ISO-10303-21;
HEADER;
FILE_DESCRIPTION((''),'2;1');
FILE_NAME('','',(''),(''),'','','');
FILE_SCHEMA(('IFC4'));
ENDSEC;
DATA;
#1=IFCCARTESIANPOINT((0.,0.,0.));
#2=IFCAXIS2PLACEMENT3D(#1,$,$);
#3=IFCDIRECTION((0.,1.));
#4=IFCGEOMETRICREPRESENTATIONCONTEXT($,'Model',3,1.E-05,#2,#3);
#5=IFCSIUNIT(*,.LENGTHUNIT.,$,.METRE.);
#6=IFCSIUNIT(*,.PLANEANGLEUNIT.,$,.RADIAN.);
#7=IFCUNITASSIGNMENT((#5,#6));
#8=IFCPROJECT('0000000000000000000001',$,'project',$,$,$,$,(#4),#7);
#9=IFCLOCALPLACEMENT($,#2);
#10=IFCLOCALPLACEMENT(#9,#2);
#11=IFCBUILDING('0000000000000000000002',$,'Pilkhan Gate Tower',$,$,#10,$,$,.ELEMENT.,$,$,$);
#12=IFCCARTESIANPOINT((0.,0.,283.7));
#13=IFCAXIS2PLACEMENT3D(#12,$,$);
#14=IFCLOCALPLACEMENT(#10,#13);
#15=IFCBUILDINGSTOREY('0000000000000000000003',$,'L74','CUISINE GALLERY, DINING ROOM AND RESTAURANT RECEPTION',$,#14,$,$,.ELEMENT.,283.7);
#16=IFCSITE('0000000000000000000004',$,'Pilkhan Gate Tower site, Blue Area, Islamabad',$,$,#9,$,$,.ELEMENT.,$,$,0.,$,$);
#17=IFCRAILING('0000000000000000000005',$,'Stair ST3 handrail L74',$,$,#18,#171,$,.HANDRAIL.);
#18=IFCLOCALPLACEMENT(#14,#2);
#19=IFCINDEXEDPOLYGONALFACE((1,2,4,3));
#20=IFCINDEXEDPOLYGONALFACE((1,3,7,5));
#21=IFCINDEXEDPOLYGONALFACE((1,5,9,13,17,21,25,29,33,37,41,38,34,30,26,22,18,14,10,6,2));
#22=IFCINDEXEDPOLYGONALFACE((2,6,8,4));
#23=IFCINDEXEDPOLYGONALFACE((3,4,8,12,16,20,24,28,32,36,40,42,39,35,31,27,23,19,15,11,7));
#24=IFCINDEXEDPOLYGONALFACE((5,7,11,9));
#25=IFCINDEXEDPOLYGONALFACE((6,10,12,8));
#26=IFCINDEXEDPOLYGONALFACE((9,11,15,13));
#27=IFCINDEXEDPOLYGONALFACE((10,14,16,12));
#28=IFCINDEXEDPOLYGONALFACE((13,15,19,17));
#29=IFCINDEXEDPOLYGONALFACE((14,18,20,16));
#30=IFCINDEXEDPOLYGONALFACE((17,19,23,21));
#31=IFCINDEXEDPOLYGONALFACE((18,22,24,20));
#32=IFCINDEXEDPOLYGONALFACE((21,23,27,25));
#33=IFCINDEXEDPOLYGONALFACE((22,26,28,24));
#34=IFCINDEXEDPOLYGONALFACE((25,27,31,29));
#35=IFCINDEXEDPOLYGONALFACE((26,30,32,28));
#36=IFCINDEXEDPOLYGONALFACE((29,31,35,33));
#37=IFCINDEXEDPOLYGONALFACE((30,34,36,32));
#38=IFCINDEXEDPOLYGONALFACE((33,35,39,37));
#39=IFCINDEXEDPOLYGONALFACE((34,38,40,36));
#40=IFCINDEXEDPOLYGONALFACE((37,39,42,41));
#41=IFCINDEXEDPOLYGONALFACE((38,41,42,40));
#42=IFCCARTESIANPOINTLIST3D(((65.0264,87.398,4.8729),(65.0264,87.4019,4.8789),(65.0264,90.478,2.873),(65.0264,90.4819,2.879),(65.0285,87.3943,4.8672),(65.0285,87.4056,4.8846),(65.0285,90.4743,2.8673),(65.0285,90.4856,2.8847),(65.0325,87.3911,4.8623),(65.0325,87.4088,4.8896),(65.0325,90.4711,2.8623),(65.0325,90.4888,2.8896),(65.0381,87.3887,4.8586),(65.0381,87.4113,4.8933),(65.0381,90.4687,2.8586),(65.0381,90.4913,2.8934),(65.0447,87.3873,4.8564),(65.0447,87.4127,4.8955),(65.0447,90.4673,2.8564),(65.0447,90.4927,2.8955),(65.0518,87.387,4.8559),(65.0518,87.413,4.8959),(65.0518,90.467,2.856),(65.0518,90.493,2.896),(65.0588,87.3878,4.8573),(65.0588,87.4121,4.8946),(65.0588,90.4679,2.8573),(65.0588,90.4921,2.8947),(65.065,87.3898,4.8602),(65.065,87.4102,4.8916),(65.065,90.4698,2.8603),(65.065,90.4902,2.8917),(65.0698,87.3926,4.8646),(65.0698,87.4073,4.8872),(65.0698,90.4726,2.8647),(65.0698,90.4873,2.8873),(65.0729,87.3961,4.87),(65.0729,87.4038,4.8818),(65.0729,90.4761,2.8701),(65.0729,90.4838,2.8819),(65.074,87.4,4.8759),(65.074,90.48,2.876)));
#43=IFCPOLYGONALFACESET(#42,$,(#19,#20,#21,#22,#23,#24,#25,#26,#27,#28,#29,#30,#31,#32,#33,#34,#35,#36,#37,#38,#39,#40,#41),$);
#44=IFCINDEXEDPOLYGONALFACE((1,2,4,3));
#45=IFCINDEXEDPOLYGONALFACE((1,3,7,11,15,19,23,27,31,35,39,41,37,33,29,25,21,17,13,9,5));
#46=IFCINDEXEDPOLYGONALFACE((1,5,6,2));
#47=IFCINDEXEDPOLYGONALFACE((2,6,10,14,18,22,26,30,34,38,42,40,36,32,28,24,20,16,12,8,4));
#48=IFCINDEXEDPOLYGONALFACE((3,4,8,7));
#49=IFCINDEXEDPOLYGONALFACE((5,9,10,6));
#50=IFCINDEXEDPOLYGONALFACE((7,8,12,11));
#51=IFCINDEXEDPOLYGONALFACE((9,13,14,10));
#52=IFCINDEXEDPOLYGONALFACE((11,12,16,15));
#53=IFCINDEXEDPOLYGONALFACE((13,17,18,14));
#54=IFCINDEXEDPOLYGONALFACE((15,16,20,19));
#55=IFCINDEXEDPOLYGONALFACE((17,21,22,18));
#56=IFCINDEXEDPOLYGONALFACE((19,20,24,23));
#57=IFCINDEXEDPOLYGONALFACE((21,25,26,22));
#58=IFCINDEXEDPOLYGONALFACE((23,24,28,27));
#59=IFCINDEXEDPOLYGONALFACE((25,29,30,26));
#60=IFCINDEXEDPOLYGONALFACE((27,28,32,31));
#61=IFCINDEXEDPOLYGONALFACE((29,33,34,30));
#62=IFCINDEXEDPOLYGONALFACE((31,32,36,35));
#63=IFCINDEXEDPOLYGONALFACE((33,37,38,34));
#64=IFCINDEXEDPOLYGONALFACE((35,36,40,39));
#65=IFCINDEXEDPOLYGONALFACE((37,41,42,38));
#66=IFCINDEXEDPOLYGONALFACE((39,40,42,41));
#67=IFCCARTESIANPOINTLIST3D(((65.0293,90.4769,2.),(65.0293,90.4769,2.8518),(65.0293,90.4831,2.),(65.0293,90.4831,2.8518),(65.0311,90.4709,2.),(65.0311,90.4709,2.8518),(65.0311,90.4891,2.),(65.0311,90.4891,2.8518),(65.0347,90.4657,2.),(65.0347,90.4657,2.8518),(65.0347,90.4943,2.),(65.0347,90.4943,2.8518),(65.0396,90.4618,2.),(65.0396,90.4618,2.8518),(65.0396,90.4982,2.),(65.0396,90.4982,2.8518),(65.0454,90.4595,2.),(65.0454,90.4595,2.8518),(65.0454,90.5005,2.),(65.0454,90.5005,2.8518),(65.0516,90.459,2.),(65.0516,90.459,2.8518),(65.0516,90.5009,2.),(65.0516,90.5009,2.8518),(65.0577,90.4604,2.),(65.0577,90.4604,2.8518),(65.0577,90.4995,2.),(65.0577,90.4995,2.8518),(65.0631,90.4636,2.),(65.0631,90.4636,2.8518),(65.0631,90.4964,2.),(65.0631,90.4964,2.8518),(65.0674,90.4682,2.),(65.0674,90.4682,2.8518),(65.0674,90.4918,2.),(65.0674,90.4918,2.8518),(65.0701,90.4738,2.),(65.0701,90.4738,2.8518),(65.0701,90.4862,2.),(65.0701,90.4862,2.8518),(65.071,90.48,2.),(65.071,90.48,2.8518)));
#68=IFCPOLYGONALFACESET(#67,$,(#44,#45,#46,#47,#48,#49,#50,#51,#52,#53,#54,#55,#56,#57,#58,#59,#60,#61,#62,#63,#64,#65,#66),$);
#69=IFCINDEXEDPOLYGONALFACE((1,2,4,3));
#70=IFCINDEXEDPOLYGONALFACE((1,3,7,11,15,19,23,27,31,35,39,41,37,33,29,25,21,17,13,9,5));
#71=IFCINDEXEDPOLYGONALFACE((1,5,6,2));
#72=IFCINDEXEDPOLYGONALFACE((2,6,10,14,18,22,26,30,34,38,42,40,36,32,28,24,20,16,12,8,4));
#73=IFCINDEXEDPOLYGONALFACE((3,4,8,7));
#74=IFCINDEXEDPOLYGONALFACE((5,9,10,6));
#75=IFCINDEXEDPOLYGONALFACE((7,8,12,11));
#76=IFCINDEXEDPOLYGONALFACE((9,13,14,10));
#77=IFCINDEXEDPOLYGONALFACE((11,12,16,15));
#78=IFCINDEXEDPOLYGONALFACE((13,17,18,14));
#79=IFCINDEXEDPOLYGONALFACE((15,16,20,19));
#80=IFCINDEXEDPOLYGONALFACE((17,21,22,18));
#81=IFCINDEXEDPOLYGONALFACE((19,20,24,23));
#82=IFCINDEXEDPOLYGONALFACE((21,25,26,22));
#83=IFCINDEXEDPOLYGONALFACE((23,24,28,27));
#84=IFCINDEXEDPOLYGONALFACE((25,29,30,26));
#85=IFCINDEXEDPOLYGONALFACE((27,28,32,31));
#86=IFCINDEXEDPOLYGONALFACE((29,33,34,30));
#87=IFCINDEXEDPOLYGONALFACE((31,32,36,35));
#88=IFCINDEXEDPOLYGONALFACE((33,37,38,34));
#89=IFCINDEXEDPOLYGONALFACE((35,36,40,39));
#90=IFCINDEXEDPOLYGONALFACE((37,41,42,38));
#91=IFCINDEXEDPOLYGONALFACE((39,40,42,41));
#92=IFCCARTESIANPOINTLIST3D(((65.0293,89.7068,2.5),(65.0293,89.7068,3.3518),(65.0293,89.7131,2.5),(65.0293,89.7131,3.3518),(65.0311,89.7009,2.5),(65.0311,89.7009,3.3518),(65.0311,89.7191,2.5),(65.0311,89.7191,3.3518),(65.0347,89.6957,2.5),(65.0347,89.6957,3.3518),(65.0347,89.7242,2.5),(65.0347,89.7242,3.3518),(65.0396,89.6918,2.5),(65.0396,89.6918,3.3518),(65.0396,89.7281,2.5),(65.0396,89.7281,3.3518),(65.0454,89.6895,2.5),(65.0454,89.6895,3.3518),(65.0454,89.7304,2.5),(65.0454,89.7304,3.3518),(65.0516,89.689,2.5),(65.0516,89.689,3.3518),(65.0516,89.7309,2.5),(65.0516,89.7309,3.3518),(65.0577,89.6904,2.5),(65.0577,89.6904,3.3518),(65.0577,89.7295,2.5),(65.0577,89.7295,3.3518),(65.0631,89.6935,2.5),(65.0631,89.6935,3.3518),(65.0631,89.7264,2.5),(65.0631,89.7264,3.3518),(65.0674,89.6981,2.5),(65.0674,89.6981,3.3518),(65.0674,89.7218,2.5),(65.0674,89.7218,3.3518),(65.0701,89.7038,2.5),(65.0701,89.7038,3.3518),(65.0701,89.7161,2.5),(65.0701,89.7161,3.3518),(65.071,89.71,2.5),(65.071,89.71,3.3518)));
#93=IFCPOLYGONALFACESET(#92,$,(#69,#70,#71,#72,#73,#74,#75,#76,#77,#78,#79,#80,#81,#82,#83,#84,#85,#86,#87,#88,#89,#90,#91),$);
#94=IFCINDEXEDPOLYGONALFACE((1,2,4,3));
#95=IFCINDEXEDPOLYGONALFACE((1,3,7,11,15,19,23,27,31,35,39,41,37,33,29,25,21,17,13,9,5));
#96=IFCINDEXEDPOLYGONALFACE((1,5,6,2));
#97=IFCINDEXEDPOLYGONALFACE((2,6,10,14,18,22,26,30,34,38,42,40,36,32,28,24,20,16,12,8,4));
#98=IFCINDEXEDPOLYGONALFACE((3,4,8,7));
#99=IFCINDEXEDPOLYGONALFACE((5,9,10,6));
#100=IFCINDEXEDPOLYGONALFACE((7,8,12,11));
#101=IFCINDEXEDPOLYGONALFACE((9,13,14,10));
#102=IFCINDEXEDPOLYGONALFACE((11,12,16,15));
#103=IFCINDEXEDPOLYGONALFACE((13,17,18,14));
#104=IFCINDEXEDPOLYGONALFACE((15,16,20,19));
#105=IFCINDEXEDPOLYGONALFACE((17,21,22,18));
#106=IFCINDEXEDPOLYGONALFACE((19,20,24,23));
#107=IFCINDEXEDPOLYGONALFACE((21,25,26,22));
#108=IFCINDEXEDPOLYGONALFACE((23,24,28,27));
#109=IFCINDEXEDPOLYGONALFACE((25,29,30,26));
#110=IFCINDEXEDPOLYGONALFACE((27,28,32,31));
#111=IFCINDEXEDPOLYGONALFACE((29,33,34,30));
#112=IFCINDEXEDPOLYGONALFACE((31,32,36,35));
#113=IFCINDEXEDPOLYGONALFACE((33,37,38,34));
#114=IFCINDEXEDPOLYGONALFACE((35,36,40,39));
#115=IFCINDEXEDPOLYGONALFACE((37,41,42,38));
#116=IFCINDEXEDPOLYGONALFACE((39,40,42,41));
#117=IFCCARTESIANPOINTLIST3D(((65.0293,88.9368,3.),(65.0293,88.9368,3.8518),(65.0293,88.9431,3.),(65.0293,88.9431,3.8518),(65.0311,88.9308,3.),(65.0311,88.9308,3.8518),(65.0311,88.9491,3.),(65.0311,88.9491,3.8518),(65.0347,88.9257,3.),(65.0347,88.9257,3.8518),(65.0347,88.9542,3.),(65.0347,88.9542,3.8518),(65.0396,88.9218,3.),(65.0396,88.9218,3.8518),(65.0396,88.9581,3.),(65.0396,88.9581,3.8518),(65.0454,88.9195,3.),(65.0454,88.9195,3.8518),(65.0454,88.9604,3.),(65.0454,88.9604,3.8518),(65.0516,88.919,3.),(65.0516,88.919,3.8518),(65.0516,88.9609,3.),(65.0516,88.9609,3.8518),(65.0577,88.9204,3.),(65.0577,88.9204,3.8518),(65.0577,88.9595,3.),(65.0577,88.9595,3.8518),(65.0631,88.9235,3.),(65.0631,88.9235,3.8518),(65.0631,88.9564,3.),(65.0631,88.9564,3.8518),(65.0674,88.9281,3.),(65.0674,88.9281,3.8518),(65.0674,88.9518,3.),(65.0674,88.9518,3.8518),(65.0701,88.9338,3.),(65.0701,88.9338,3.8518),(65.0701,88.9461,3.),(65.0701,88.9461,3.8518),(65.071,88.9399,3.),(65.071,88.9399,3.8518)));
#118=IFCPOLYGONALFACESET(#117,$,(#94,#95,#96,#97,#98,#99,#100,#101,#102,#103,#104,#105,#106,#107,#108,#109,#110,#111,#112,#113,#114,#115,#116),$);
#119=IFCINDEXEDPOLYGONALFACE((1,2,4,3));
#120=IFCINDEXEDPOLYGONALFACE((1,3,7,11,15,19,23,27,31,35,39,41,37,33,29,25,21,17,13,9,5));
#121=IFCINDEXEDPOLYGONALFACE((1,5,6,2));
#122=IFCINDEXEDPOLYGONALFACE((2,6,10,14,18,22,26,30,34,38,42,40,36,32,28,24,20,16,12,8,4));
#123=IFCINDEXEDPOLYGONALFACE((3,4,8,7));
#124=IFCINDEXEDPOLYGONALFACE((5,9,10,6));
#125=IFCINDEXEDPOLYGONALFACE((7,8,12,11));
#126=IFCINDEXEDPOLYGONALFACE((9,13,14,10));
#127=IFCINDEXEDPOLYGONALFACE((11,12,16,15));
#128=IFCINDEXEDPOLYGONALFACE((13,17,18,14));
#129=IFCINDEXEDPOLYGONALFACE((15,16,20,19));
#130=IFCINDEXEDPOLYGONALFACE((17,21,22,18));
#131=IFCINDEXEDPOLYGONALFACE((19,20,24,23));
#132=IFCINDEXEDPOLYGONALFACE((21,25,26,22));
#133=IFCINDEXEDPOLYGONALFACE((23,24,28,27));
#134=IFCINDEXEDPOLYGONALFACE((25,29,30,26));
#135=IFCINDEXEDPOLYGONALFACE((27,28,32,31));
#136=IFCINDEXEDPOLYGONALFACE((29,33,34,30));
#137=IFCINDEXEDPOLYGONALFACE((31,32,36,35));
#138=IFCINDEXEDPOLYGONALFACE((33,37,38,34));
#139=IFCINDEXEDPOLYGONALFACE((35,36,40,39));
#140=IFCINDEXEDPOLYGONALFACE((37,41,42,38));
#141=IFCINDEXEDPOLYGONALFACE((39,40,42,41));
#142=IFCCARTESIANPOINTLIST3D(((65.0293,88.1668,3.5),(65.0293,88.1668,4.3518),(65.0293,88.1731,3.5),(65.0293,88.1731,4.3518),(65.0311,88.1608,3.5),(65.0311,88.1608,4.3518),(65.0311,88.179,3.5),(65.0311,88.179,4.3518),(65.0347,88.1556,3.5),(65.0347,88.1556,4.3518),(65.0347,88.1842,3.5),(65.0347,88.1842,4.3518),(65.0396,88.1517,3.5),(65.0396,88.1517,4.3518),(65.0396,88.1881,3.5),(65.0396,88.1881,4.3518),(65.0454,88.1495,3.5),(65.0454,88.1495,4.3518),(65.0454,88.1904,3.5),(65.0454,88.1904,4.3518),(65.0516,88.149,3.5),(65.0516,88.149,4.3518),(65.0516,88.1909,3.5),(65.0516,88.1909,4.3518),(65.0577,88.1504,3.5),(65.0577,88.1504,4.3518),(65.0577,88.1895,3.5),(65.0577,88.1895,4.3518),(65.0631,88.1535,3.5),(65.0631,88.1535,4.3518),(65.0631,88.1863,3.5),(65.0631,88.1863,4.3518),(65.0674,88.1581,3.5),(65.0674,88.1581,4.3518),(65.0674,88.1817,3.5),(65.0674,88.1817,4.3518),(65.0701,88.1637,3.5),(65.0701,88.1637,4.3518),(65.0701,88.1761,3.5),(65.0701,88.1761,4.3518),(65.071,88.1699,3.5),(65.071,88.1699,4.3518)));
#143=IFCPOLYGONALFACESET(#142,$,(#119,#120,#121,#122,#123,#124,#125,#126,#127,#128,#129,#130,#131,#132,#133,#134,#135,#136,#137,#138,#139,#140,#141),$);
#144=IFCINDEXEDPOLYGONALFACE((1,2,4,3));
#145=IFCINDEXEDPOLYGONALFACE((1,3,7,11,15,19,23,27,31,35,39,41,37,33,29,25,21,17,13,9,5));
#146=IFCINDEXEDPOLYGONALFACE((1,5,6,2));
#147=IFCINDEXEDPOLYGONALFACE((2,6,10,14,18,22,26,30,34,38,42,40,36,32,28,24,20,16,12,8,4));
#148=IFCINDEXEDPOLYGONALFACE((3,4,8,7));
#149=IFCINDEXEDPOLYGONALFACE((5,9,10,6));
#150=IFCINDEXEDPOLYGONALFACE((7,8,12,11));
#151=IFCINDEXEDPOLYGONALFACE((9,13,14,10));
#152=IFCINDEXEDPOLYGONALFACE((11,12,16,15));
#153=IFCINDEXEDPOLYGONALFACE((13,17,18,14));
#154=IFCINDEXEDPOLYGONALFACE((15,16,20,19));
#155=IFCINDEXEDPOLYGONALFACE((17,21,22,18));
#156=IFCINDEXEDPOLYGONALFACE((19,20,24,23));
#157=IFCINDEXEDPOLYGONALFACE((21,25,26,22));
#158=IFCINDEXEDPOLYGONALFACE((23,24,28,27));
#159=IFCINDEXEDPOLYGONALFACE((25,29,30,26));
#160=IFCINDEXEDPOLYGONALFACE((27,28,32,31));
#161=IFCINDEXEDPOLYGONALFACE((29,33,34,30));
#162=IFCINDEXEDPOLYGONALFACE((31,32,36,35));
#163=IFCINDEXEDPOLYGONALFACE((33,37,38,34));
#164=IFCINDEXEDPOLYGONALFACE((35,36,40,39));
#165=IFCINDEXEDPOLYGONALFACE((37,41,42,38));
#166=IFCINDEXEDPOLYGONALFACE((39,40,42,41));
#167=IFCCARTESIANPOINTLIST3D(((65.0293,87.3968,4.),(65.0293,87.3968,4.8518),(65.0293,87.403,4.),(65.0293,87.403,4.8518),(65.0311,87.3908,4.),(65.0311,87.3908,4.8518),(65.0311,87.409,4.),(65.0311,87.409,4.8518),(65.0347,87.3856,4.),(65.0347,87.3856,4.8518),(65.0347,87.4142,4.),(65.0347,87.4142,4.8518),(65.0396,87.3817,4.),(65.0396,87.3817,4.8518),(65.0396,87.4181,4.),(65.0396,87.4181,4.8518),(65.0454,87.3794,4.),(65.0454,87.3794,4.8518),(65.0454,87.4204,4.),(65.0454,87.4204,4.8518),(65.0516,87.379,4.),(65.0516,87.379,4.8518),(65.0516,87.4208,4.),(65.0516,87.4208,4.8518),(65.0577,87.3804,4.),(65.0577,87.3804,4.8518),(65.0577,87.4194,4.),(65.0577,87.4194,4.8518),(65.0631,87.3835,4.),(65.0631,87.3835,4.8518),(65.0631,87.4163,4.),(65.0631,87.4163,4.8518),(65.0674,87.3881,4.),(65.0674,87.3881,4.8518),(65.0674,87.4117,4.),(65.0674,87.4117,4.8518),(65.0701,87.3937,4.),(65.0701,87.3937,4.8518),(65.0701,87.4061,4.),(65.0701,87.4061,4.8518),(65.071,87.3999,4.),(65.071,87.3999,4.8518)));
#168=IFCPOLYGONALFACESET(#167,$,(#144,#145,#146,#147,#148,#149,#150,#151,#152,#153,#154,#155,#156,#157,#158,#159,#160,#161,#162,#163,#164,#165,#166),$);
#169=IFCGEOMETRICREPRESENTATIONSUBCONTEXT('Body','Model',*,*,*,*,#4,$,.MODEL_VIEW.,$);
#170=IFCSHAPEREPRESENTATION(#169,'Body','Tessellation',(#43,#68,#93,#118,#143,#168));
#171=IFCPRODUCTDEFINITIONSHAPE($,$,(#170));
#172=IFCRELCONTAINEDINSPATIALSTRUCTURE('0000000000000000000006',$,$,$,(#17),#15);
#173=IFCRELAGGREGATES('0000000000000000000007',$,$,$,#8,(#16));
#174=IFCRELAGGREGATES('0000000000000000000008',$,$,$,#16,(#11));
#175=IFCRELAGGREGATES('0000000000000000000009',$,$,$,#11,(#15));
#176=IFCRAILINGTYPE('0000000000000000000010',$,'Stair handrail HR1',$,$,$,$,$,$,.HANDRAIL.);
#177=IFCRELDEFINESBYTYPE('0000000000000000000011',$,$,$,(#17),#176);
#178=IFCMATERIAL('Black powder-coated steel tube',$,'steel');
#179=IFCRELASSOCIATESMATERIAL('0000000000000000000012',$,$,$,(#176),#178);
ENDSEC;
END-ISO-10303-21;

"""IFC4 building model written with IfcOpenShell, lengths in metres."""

from ifc_helpers import new_model, si_unit, direction, frame, origin, origin_2d, place, context, subcontext, project, spatial, circle, extrude, material, type_object, element, save


model = new_model("IFC4")

# Units and contexts
model_context = context("Model", 3, precision=1e-05, world=origin(), true_north=direction((0.0, 1.0)))
body_context = subcontext(model_context, "Body", "Model", "MODEL_VIEW")
ifc_project = project(units=[si_unit("LENGTHUNIT", "METRE"), si_unit("PLANEANGLEUNIT", "RADIAN")], contexts=[model_context])

# Site, building, storey
site_placement = place(None, origin())
site = spatial("IfcSite", under=ifc_project, at=site_placement, Name="Pilkhan Gate Tower site, Blue Area, Islamabad", CompositionType="ELEMENT", RefElevation=0.0)
building_placement = place(site_placement, origin())
building = spatial("IfcBuilding", under=site, at=building_placement, Name="Pilkhan Gate Tower", CompositionType="ELEMENT")
storey_placement = place(building_placement, frame((0.0, 0.0, 283.7)))
storey = spatial("IfcBuildingStorey", under=building, at=storey_placement, Name="L74", Description="CUISINE GALLERY, DINING ROOM AND RESTAURANT RECEPTION", CompositionType="ELEMENT", Elevation=283.7)

# Railing
ifc_material_1 = material(Name="Black powder-coated steel tube", Category="steel")
railing_type_1 = type_object("IfcRailingType", Name="Stair handrail HR1", PredefinedType="HANDRAIL", material=ifc_material_1)
railing_1_placement = place(storey_placement, frame((65.05, 90.48, 2.0)))
element("IfcRailing", 1, at=railing_1_placement, inside=storey, type_object=railing_type_1, Name="Stair ST3 handrail L74", PredefinedType="HANDRAIL", context=body_context, shape_type="SweptSolid", body=[
    extrude(circle(Radius=0.0239, at=origin_2d()), frame((0.0, 0.0, 0.876), z_axis=(0.0, -0.838699, 0.544596), x_axis=(1.0, 0.0, 0.0)), (0.0, 0.0, 1.0), 3.6724),
    extrude(circle(Radius=0.021, at=origin_2d()), origin(), (0.0, 0.0, 1.0), 0.8518),
    extrude(circle(Radius=0.021, at=origin_2d()), frame((0.0, -0.77, 0.5)), (0.0, 0.0, 1.0), 0.8518),
    extrude(circle(Radius=0.021, at=origin_2d()), frame((0.0, -1.54, 1.0)), (0.0, 0.0, 1.0), 0.8518),
    extrude(circle(Radius=0.021, at=origin_2d()), frame((0.0, -2.3101, 1.5)), (0.0, 0.0, 1.0), 0.8518),
    extrude(circle(Radius=0.021, at=origin_2d()), frame((0.0, -3.0801, 2.0)), (0.0, 0.0, 1.0), 0.8518),
])

save(model, "model.ifc")
